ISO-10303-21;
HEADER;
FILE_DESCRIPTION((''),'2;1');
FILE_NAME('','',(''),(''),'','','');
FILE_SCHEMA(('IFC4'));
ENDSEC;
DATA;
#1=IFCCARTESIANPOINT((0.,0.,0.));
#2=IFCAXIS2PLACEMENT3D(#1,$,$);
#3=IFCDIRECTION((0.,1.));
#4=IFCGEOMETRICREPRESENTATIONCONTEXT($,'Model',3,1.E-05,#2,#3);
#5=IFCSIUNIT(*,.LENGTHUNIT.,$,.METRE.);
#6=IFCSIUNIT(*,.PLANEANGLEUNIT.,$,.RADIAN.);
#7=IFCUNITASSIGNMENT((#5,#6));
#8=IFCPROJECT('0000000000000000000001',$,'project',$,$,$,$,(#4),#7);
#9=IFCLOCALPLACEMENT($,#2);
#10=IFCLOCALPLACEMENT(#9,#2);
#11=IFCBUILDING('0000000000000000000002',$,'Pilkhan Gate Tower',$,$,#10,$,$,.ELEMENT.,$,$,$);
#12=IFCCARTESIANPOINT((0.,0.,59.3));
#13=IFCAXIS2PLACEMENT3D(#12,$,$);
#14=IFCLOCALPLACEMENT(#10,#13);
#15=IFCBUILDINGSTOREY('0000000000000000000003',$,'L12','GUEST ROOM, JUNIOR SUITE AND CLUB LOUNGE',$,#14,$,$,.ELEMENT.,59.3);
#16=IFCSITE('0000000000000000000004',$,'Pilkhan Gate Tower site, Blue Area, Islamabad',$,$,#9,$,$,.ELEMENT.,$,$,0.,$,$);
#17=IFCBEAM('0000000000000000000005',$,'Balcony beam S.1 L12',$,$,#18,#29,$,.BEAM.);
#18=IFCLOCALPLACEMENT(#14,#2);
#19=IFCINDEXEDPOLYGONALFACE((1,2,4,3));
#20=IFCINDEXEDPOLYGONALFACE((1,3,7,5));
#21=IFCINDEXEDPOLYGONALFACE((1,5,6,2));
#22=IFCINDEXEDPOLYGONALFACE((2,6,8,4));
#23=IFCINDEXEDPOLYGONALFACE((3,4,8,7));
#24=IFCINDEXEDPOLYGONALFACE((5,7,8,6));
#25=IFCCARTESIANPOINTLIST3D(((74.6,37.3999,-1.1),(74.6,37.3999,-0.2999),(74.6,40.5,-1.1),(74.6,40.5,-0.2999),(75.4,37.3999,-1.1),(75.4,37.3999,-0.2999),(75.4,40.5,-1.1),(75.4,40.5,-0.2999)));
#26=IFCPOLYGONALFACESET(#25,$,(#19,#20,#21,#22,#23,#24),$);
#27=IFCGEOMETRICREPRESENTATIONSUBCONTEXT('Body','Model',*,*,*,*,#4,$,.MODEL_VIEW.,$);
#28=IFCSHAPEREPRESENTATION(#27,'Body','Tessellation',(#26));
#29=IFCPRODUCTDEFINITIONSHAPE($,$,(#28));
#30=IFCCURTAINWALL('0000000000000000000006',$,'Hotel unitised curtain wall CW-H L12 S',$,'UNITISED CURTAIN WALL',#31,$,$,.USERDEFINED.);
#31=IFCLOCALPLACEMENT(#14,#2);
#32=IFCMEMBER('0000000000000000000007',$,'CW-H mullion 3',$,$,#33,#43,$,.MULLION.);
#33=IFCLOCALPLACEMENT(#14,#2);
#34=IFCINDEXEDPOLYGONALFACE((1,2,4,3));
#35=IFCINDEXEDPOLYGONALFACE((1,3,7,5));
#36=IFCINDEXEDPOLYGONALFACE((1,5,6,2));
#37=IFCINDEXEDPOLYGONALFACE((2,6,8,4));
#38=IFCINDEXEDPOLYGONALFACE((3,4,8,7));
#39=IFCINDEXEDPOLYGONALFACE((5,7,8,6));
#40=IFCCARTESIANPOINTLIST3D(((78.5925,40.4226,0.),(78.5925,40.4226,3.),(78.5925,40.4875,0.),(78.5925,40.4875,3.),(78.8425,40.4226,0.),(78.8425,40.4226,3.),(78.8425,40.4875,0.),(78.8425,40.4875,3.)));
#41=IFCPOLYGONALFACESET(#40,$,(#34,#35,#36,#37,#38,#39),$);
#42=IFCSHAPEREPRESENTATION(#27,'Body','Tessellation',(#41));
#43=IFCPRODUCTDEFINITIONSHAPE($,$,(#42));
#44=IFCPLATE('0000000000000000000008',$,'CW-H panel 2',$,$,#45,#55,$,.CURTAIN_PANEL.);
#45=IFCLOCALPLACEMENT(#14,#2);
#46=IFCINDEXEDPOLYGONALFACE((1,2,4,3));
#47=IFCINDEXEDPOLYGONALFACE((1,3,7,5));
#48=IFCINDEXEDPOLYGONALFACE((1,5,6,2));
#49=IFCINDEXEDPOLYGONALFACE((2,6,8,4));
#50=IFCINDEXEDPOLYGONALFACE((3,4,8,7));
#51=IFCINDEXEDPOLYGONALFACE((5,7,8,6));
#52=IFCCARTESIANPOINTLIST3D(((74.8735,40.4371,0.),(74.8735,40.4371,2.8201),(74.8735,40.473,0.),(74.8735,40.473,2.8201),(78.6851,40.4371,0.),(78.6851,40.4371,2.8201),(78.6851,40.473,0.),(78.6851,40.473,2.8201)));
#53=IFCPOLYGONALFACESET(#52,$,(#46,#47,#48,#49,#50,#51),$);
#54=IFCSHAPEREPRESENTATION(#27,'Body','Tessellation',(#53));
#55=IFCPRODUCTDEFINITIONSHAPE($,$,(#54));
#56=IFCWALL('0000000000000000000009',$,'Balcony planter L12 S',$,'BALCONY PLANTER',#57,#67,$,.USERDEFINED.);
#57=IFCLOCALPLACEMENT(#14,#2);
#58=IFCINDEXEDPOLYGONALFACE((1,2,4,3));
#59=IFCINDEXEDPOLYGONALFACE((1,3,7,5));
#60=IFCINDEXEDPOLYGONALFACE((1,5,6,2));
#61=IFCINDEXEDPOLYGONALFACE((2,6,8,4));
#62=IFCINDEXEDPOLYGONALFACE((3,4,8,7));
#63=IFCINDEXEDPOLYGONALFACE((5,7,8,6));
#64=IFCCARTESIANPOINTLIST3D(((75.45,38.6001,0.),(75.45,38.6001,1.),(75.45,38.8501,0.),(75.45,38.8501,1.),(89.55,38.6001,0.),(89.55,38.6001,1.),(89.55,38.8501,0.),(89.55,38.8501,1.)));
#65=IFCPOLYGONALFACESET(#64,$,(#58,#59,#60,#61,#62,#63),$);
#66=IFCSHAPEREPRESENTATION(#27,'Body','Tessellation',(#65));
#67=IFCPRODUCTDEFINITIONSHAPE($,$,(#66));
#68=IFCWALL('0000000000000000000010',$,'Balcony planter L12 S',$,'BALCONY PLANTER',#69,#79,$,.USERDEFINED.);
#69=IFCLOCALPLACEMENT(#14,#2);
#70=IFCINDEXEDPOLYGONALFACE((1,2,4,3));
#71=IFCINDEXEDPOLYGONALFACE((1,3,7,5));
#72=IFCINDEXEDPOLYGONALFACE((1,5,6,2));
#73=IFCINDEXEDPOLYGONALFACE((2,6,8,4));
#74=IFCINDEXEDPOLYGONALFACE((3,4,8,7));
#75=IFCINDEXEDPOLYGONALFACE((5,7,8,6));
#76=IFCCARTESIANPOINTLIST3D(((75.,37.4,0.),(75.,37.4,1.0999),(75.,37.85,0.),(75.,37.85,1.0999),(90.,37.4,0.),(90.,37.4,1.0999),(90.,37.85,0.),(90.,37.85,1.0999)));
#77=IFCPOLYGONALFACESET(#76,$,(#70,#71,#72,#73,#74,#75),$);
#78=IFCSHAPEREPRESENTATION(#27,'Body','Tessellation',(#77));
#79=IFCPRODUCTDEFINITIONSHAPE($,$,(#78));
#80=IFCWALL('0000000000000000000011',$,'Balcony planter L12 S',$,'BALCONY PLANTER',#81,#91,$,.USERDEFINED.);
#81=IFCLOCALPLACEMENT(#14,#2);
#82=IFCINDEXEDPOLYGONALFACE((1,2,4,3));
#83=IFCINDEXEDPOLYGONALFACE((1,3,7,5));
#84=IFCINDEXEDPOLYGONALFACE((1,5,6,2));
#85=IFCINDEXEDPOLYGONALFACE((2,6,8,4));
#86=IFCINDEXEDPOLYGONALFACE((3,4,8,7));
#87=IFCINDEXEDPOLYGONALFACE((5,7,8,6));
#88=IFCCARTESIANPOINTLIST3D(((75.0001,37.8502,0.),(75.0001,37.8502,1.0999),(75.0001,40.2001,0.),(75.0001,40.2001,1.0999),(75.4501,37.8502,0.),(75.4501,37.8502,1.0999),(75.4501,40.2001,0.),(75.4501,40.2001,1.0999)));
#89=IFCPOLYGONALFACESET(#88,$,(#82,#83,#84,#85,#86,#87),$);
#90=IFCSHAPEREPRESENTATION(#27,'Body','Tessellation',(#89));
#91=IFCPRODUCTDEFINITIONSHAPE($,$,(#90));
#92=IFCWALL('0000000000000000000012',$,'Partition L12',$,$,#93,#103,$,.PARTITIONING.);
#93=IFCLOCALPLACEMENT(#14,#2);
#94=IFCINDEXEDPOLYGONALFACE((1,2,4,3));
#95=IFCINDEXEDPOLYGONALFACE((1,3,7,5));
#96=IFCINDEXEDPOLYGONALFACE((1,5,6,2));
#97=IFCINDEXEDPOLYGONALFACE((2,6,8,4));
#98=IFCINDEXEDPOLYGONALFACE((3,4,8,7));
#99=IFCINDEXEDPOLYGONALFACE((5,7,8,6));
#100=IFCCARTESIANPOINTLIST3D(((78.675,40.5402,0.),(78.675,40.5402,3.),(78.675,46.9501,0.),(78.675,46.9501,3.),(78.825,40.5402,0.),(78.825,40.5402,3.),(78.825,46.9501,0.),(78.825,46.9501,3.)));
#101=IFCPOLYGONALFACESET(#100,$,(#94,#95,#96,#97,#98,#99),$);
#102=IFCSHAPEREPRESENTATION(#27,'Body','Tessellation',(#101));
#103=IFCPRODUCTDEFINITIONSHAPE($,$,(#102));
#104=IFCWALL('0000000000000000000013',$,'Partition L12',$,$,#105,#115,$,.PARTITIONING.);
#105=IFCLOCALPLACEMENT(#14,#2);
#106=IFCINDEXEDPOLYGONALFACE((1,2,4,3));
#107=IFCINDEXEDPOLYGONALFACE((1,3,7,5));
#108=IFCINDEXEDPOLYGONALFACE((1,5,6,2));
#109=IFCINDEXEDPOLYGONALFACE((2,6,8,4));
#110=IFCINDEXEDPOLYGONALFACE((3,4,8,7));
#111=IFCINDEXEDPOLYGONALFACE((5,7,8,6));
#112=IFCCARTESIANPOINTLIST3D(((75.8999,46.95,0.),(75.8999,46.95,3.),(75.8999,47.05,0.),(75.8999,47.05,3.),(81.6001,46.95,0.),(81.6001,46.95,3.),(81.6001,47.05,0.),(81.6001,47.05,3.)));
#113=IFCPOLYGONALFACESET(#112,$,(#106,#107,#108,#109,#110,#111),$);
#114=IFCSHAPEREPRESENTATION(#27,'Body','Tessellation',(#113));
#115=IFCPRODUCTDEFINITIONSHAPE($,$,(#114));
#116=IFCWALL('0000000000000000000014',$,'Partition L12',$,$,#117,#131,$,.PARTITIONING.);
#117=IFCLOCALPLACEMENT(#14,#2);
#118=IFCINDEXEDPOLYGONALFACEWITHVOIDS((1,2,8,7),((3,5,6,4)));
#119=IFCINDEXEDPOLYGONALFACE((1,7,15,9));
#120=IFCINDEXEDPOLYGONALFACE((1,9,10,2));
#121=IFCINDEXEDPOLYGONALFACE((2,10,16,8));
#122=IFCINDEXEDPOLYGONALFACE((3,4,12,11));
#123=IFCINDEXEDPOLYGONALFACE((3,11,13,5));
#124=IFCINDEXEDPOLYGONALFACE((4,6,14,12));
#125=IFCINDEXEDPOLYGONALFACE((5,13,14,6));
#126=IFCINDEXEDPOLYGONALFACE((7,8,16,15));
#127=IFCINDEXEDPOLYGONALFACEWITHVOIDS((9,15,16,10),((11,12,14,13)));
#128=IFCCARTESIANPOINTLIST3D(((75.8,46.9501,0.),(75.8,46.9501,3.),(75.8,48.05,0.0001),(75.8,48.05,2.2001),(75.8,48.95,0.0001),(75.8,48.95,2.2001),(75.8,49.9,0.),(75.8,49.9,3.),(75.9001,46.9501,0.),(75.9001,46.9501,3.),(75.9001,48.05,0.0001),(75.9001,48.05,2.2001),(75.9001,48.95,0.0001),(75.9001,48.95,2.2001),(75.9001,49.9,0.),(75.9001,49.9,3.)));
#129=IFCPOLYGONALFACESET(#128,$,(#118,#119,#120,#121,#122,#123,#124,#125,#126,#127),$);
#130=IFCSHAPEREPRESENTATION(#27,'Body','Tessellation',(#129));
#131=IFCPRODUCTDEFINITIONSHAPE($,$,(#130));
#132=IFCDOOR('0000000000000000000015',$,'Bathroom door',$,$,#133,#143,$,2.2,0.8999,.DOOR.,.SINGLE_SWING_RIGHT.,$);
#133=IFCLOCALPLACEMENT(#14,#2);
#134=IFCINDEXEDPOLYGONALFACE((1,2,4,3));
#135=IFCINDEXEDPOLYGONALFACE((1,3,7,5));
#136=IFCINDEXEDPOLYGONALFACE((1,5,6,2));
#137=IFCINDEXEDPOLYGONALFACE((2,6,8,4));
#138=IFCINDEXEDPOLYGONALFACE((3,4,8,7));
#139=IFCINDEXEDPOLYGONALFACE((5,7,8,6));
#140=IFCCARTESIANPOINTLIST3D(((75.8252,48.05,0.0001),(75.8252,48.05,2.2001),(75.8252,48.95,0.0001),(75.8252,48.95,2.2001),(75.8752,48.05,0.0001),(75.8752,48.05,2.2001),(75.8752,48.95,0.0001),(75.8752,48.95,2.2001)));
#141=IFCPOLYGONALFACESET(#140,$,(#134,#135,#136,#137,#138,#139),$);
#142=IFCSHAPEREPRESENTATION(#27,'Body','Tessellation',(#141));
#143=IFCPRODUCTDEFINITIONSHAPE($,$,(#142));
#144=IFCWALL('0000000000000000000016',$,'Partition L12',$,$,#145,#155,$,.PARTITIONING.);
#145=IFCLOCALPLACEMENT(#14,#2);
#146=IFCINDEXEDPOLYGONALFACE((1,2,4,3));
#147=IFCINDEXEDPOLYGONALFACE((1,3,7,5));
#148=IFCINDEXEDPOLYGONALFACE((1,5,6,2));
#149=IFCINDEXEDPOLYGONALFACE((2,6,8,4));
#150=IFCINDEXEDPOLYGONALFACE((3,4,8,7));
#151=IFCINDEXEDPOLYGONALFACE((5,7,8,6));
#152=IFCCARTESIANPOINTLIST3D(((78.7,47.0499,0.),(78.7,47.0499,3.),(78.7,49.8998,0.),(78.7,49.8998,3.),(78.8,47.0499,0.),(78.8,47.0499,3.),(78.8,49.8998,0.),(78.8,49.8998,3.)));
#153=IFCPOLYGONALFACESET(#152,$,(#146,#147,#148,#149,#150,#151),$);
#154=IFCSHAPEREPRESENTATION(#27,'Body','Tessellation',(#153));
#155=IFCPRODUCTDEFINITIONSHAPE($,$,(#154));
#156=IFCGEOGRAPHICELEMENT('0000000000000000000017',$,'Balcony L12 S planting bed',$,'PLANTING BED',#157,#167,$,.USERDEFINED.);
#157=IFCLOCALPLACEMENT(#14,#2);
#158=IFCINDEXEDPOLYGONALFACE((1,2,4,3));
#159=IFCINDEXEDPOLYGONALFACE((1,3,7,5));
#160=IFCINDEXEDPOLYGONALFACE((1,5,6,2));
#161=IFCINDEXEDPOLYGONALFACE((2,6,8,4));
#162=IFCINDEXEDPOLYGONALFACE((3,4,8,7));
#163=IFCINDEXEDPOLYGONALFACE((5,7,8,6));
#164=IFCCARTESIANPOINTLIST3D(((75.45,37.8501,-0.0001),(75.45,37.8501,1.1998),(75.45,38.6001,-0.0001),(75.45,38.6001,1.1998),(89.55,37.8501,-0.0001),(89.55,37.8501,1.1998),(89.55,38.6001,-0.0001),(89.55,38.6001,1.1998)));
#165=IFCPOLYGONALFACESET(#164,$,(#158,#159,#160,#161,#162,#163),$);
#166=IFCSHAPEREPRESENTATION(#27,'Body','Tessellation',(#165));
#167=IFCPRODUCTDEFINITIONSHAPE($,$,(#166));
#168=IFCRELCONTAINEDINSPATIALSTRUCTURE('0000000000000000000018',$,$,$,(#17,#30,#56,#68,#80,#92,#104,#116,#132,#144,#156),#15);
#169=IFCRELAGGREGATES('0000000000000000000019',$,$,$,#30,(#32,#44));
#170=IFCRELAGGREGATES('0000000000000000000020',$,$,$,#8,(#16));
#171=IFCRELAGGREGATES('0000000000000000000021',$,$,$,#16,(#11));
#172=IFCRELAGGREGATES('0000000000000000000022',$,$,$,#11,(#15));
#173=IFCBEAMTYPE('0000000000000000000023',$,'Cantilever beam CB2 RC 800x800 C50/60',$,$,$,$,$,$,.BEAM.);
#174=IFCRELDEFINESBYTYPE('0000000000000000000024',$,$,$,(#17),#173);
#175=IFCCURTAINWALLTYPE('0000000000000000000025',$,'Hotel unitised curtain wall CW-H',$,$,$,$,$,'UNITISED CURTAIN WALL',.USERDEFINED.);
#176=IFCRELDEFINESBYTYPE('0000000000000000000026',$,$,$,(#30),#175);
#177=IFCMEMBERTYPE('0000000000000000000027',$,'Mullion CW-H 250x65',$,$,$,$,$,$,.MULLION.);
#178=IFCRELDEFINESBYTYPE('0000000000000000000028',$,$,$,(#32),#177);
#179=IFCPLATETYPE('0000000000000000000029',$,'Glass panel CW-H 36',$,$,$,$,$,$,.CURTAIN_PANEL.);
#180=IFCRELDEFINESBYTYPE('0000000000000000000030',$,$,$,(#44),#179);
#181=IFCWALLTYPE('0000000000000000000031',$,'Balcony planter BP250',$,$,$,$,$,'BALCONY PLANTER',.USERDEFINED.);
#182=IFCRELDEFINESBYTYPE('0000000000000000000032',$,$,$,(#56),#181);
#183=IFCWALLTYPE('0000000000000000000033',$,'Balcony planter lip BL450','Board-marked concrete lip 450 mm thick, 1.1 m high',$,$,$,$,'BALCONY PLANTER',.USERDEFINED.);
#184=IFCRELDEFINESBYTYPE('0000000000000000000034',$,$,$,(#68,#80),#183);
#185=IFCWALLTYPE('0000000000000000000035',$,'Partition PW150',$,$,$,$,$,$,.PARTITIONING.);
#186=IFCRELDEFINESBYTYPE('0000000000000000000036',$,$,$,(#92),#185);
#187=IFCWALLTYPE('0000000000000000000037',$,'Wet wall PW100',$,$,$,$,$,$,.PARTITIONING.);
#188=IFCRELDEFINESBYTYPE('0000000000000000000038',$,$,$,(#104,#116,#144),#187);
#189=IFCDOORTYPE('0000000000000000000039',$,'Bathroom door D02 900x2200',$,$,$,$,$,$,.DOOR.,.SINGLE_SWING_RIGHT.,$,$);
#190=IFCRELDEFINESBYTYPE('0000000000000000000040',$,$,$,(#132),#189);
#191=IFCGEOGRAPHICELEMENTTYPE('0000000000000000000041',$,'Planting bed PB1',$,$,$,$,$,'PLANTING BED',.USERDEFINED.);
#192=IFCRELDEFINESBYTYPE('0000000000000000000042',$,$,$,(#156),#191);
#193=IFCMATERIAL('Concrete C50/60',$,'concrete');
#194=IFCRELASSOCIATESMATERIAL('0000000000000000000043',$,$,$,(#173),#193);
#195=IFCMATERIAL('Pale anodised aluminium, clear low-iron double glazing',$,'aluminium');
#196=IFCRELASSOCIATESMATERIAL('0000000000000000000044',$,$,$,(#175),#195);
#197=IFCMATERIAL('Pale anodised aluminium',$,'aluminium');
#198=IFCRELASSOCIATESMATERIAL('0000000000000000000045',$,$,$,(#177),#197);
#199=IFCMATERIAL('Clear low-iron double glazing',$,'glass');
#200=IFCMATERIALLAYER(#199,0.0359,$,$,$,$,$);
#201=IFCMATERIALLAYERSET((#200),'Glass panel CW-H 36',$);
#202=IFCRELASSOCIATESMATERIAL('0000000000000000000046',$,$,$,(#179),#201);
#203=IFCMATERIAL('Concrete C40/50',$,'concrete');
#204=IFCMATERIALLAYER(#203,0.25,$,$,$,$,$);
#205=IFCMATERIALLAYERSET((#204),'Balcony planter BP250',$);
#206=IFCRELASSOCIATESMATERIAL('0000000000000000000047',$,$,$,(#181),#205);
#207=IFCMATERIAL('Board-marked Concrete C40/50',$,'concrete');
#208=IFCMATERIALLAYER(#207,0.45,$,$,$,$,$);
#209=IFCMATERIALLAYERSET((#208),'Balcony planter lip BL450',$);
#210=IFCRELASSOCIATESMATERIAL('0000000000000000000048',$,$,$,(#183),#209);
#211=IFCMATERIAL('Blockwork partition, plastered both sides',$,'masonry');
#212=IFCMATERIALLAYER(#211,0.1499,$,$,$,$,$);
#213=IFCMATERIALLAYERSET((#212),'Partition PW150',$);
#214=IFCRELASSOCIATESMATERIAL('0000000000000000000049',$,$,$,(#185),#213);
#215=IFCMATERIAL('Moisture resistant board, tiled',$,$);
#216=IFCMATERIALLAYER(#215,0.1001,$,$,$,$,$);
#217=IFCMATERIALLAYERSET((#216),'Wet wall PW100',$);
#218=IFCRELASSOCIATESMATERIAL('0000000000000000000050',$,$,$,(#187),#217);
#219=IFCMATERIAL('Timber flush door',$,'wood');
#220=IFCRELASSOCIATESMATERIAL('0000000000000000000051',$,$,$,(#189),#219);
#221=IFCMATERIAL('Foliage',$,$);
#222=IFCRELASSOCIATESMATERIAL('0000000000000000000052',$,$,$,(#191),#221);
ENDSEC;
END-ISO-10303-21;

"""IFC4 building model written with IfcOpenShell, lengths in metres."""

from ifc_helpers import new_model, si_unit, direction, frame, frame_2d, origin, origin_2d, place, context, subcontext, project, spatial, rectangle, extrude, material, layer, layer_set, material_profile, profile_set, type_object, element, fill, aggregate, save


model = new_model("IFC4")

# Units and contexts
model_context = context("Model", 3, precision=1e-05, world=origin(), true_north=direction((0.0, 1.0)))
body_context = subcontext(model_context, "Body", "Model", "MODEL_VIEW")
ifc_project = project(units=[si_unit("LENGTHUNIT", "METRE"), si_unit("PLANEANGLEUNIT", "RADIAN")], contexts=[model_context])

# Site, building, storey
site_placement = place(None, origin())
site = spatial("IfcSite", under=ifc_project, at=site_placement, Name="Pilkhan Gate Tower site, Blue Area, Islamabad", CompositionType="ELEMENT", RefElevation=0.0)
building_placement = place(site_placement, origin())
building = spatial("IfcBuilding", under=site, at=building_placement, Name="Pilkhan Gate Tower", CompositionType="ELEMENT")
storey_placement = place(building_placement, frame((0.0, 0.0, 59.3)))
storey = spatial("IfcBuildingStorey", under=building, at=storey_placement, Name="L12", Description="GUEST ROOM, JUNIOR SUITE AND CLUB LOUNGE", CompositionType="ELEMENT", Elevation=59.3)

# Beam
ifc_material_1 = material(Name="Concrete C50/60", Category="concrete")
ifc_material_profile_1 = material_profile(ifc_material_1, rectangle(XDim=0.8, YDim=0.8, at=origin_2d()), Name="RC 800x800")
ifc_profile_set_1 = profile_set([ifc_material_profile_1], Name="Concrete C50/60")
beam_type = type_object("IfcBeamType", Name="Cantilever beam CB2 RC 800x800 C50/60", PredefinedType="BEAM", material=ifc_profile_set_1)
beam_placement = place(storey_placement, frame((75.0, 40.5, -0.7), z_axis=(0.0, -1.0, 0.0), x_axis=(1.0, 0.0, 0.0)))
element("IfcBeam", 1, at=beam_placement, inside=storey, type_object=beam_type, Name="Balcony beam S.1 L12", PredefinedType="BEAM", context=body_context, shape_type="SweptSolid", body=[
    extrude(rectangle(XDim=0.8, YDim=0.8, at=origin_2d()), origin(), (0.0, 0.0, 1.0), 3.1001),
])

# Curtain wall, member, plate
ifc_material_2 = material(Name="Pale anodised aluminium, clear low-iron double glazing", Category="aluminium")
curtain_wall_type = type_object("IfcCurtainWallType", Name="Hotel unitised curtain wall CW-H", ElementType="UNITISED CURTAIN WALL", PredefinedType="USERDEFINED", material=ifc_material_2)
curtain_wall_placement = place(storey_placement, origin())
curtain_wall = element("IfcCurtainWall", 2, at=curtain_wall_placement, inside=storey, type_object=curtain_wall_type, Name="Hotel unitised curtain wall CW-H L12 S", ObjectType="UNITISED CURTAIN WALL", PredefinedType="USERDEFINED")
ifc_material_3 = material(Name="Pale anodised aluminium", Category="aluminium")
ifc_material_profile_2 = material_profile(ifc_material_3, rectangle(XDim=0.0649, YDim=0.25, at=origin_2d()), Name="Mullion 250x65")
ifc_profile_set_2 = profile_set([ifc_material_profile_2], Name="Pale anodised aluminium")
member_type = type_object("IfcMemberType", Name="Mullion CW-H 250x65", PredefinedType="MULLION", material=ifc_profile_set_2)
member_placement = place(storey_placement, frame((78.7175, 40.4551, 0.0), z_axis=(0.0, 0.0, 1.0), x_axis=(0.0, 1.0, 0.0)))
member = element("IfcMember", 3, at=member_placement, type_object=member_type, Name="CW-H mullion 3", PredefinedType="MULLION", context=body_context, shape_type="SweptSolid", body=[
    extrude(rectangle(XDim=0.0649, YDim=0.25, at=origin_2d()), origin(), (0.0, 0.0, 1.0), 3.0),
])
ifc_material_4 = material(Name="Clear low-iron double glazing", Category="glass")
ifc_layer_1 = layer(ifc_material_4, 0.0359)
ifc_layer_set_1 = layer_set([ifc_layer_1], Name="Glass panel CW-H 36")
plate_type = type_object("IfcPlateType", Name="Glass panel CW-H 36", PredefinedType="CURTAIN_PANEL", material=ifc_layer_set_1)
plate_placement = place(storey_placement, frame((76.7793, 40.4551, 0.0), z_axis=(0.0, 0.0, 1.0), x_axis=(1.0, 0.0, 0.0)))
plate = element("IfcPlate", 4, at=plate_placement, type_object=plate_type, Name="CW-H panel 2", PredefinedType="CURTAIN_PANEL", context=body_context, shape_type="SweptSolid", body=[
    extrude(rectangle(XDim=3.8115, YDim=0.0359, at=origin_2d()), origin(), (0.0, 0.0, 1.0), 2.8201),
])
aggregate(curtain_wall, [member, plate])

# Walls
ifc_material_5 = material(Name="Concrete C40/50", Category="concrete")
ifc_layer_2 = layer(ifc_material_5, 0.25)
ifc_layer_set_2 = layer_set([ifc_layer_2], Name="Balcony planter BP250")
wall_type_1 = type_object("IfcWallType", Name="Balcony planter BP250", ElementType="BALCONY PLANTER", PredefinedType="USERDEFINED", material=ifc_layer_set_2)
wall_1_placement = place(storey_placement, frame((75.45, 38.7251, 0.0), z_axis=(0.0, 0.0, 1.0), x_axis=(1.0, 0.0, 0.0)))
element("IfcWall", 5, at=wall_1_placement, inside=storey, type_object=wall_type_1, Name="Balcony planter L12 S", ObjectType="BALCONY PLANTER", PredefinedType="USERDEFINED", context=body_context, shape_type="SweptSolid", body=[
    extrude(rectangle(XDim=14.1001, YDim=0.25, at=frame_2d((7.05, 0.0))), origin(), (0.0, 0.0, 1.0), 1.0),
])
ifc_material_6 = material(Name="Board-marked Concrete C40/50", Category="concrete")
ifc_layer_3 = layer(ifc_material_6, 0.45)
ifc_layer_set_3 = layer_set([ifc_layer_3], Name="Balcony planter lip BL450")
wall_type_2 = type_object("IfcWallType", Name="Balcony planter lip BL450", Description="Board-marked concrete lip 450 mm thick, 1.1 m high", ElementType="BALCONY PLANTER", PredefinedType="USERDEFINED", material=ifc_layer_set_3)
wall_2_placement = place(storey_placement, frame((75.0, 37.625, 0.0), z_axis=(0.0, 0.0, 1.0), x_axis=(1.0, 0.0, 0.0)))
element("IfcWall", 6, at=wall_2_placement, inside=storey, type_object=wall_type_2, Name="Balcony planter L12 S", ObjectType="BALCONY PLANTER", PredefinedType="USERDEFINED", context=body_context, shape_type="SweptSolid", body=[
    extrude(rectangle(XDim=15.0, YDim=0.45, at=frame_2d((7.5, 0.0))), origin(), (0.0, 0.0, 1.0), 1.0999),
])
wall_3_placement = place(storey_placement, frame((75.2251, 40.2, 0.0), z_axis=(0.0, 0.0, 1.0), x_axis=(0.0, -1.0, 0.0)))
element("IfcWall", 7, at=wall_3_placement, inside=storey, type_object=wall_type_2, Name="Balcony planter L12 S", ObjectType="BALCONY PLANTER", PredefinedType="USERDEFINED", context=body_context, shape_type="SweptSolid", body=[
    extrude(rectangle(XDim=2.3499, YDim=0.45, at=frame_2d((1.1748, 0.0))), origin(), (0.0, 0.0, 1.0), 1.0999),
])

# Walls
ifc_material_7 = material(Name="Blockwork partition, plastered both sides", Category="masonry")
ifc_layer_4 = layer(ifc_material_7, 0.1499)
ifc_layer_set_4 = layer_set([ifc_layer_4], Name="Partition PW150")
wall_type_3 = type_object("IfcWallType", Name="Partition PW150", PredefinedType="PARTITIONING", material=ifc_layer_set_4)
wall_4_placement = place(storey_placement, frame((78.75, 40.54, 0.0), z_axis=(0.0, 0.0, 1.0), x_axis=(0.0, 1.0, 0.0)))
element("IfcWall", 8, at=wall_4_placement, inside=storey, type_object=wall_type_3, Name="Partition L12", PredefinedType="PARTITIONING", context=body_context, shape_type="SweptSolid", body=[
    extrude(rectangle(XDim=6.4099, YDim=0.1499, at=frame_2d((3.2051, 0.0))), origin(), (0.0, 0.0, 1.0), 3.0),
])
ifc_material_8 = material(Name="Moisture resistant board, tiled")
ifc_layer_5 = layer(ifc_material_8, 0.1001)
ifc_layer_set_5 = layer_set([ifc_layer_5], Name="Wet wall PW100")
wall_type_4 = type_object("IfcWallType", Name="Wet wall PW100", PredefinedType="PARTITIONING", material=ifc_layer_set_5)
wall_5_placement = place(storey_placement, frame((75.8999, 47.0, 0.0), z_axis=(0.0, 0.0, 1.0), x_axis=(1.0, 0.0, 0.0)))
element("IfcWall", 9, at=wall_5_placement, inside=storey, type_object=wall_type_4, Name="Partition L12", PredefinedType="PARTITIONING", context=body_context, shape_type="SweptSolid", body=[
    extrude(rectangle(XDim=5.7002, YDim=0.1001, at=frame_2d((2.8501, 0.0))), origin(), (0.0, 0.0, 1.0), 3.0),
])

# Wall, opening, door
wall_6_placement = place(storey_placement, frame((75.8501, 46.95, 0.0), z_axis=(0.0, 0.0, 1.0), x_axis=(0.0, 1.0, 0.0)))
wall_6 = element("IfcWall", 10, at=wall_6_placement, inside=storey, type_object=wall_type_4, Name="Partition L12", PredefinedType="PARTITIONING", context=body_context, shape_type="SweptSolid", body=[
    extrude(rectangle(XDim=2.95, YDim=0.1001, at=frame_2d((1.4751, 0.0))), origin(), (0.0, 0.0, 1.0), 3.0),
])
opening_1_placement = place(wall_6_placement, frame((1.1001, 0.0, 0.0)))
opening_1 = element("IfcOpeningElement", 11, at=opening_1_placement, cuts=wall_6, PredefinedType="OPENING", context=body_context, shape_type="SweptSolid", body=[
    extrude(rectangle(XDim=0.8999, YDim=2.2, at=frame_2d((0.45, 1.1001))), frame((0.0, 0.0601, 0.0), z_axis=(0.0, -1.0, 0.0), x_axis=(1.0, 0.0, 0.0)), (0.0, 0.0, 1.0), 0.1201),
])
ifc_material_9 = material(Name="Timber flush door", Category="wood")
door_type_1 = type_object("IfcDoorType", Name="Bathroom door D02 900x2200", OperationType="SINGLE_SWING_RIGHT", PredefinedType="DOOR", material=ifc_material_9)
door_1_placement = place(opening_1_placement, origin())
door_1 = element("IfcDoor", 12, at=door_1_placement, inside=storey, type_object=door_type_1, Name="Bathroom door", OperationType="SINGLE_SWING_RIGHT", OverallHeight=2.2, OverallWidth=0.8999, PredefinedType="DOOR", context=body_context, shape_type="SweptSolid", body=[
    extrude(rectangle(XDim=0.8999, YDim=2.2, at=frame_2d((0.45, 1.1001))), frame((0.0, 0.0249, 0.0), z_axis=(0.0, -1.0, 0.0), x_axis=(1.0, 0.0, 0.0)), (0.0, 0.0, 1.0), 0.05),
])
fill(opening_1, door_1)

# Wall
wall_7_placement = place(storey_placement, frame((78.75, 47.05, 0.0), z_axis=(0.0, 0.0, 1.0), x_axis=(0.0, 1.0, 0.0)))
element("IfcWall", 13, at=wall_7_placement, inside=storey, type_object=wall_type_4, Name="Partition L12", PredefinedType="PARTITIONING", context=body_context, shape_type="SweptSolid", body=[
    extrude(rectangle(XDim=2.8499, YDim=0.1001, at=frame_2d((1.4248, 0.0))), origin(), (0.0, 0.0, 1.0), 3.0),
])

# Geographic element
ifc_material_10 = material(Name="Foliage")
ifc_material_profile_3 = material_profile(ifc_material_10, rectangle(XDim=0.75, YDim=1.2, at=origin_2d()), Name="Bed 750x1200")
ifc_profile_set_3 = profile_set([ifc_material_profile_3], Name="Foliage")
geographic_element_type_1 = type_object("IfcGeographicElementType", Name="Planting bed PB1", ElementType="PLANTING BED", PredefinedType="USERDEFINED", material=ifc_profile_set_3)
geographic_element_1_placement = place(storey_placement, frame((75.45, 38.2251, 0.5999), z_axis=(1.0, 0.0, 0.0), x_axis=(0.0, 1.0, 0.0)))
element("IfcGeographicElement", 14, at=geographic_element_1_placement, inside=storey, type_object=geographic_element_type_1, Name="Balcony L12 S planting bed", ObjectType="PLANTING BED", PredefinedType="USERDEFINED", context=body_context, shape_type="SweptSolid", body=[
    extrude(rectangle(XDim=0.75, YDim=1.2, at=origin_2d()), origin(), (0.0, 0.0, 1.0), 14.1001),
])

save(model, "model.ifc")
